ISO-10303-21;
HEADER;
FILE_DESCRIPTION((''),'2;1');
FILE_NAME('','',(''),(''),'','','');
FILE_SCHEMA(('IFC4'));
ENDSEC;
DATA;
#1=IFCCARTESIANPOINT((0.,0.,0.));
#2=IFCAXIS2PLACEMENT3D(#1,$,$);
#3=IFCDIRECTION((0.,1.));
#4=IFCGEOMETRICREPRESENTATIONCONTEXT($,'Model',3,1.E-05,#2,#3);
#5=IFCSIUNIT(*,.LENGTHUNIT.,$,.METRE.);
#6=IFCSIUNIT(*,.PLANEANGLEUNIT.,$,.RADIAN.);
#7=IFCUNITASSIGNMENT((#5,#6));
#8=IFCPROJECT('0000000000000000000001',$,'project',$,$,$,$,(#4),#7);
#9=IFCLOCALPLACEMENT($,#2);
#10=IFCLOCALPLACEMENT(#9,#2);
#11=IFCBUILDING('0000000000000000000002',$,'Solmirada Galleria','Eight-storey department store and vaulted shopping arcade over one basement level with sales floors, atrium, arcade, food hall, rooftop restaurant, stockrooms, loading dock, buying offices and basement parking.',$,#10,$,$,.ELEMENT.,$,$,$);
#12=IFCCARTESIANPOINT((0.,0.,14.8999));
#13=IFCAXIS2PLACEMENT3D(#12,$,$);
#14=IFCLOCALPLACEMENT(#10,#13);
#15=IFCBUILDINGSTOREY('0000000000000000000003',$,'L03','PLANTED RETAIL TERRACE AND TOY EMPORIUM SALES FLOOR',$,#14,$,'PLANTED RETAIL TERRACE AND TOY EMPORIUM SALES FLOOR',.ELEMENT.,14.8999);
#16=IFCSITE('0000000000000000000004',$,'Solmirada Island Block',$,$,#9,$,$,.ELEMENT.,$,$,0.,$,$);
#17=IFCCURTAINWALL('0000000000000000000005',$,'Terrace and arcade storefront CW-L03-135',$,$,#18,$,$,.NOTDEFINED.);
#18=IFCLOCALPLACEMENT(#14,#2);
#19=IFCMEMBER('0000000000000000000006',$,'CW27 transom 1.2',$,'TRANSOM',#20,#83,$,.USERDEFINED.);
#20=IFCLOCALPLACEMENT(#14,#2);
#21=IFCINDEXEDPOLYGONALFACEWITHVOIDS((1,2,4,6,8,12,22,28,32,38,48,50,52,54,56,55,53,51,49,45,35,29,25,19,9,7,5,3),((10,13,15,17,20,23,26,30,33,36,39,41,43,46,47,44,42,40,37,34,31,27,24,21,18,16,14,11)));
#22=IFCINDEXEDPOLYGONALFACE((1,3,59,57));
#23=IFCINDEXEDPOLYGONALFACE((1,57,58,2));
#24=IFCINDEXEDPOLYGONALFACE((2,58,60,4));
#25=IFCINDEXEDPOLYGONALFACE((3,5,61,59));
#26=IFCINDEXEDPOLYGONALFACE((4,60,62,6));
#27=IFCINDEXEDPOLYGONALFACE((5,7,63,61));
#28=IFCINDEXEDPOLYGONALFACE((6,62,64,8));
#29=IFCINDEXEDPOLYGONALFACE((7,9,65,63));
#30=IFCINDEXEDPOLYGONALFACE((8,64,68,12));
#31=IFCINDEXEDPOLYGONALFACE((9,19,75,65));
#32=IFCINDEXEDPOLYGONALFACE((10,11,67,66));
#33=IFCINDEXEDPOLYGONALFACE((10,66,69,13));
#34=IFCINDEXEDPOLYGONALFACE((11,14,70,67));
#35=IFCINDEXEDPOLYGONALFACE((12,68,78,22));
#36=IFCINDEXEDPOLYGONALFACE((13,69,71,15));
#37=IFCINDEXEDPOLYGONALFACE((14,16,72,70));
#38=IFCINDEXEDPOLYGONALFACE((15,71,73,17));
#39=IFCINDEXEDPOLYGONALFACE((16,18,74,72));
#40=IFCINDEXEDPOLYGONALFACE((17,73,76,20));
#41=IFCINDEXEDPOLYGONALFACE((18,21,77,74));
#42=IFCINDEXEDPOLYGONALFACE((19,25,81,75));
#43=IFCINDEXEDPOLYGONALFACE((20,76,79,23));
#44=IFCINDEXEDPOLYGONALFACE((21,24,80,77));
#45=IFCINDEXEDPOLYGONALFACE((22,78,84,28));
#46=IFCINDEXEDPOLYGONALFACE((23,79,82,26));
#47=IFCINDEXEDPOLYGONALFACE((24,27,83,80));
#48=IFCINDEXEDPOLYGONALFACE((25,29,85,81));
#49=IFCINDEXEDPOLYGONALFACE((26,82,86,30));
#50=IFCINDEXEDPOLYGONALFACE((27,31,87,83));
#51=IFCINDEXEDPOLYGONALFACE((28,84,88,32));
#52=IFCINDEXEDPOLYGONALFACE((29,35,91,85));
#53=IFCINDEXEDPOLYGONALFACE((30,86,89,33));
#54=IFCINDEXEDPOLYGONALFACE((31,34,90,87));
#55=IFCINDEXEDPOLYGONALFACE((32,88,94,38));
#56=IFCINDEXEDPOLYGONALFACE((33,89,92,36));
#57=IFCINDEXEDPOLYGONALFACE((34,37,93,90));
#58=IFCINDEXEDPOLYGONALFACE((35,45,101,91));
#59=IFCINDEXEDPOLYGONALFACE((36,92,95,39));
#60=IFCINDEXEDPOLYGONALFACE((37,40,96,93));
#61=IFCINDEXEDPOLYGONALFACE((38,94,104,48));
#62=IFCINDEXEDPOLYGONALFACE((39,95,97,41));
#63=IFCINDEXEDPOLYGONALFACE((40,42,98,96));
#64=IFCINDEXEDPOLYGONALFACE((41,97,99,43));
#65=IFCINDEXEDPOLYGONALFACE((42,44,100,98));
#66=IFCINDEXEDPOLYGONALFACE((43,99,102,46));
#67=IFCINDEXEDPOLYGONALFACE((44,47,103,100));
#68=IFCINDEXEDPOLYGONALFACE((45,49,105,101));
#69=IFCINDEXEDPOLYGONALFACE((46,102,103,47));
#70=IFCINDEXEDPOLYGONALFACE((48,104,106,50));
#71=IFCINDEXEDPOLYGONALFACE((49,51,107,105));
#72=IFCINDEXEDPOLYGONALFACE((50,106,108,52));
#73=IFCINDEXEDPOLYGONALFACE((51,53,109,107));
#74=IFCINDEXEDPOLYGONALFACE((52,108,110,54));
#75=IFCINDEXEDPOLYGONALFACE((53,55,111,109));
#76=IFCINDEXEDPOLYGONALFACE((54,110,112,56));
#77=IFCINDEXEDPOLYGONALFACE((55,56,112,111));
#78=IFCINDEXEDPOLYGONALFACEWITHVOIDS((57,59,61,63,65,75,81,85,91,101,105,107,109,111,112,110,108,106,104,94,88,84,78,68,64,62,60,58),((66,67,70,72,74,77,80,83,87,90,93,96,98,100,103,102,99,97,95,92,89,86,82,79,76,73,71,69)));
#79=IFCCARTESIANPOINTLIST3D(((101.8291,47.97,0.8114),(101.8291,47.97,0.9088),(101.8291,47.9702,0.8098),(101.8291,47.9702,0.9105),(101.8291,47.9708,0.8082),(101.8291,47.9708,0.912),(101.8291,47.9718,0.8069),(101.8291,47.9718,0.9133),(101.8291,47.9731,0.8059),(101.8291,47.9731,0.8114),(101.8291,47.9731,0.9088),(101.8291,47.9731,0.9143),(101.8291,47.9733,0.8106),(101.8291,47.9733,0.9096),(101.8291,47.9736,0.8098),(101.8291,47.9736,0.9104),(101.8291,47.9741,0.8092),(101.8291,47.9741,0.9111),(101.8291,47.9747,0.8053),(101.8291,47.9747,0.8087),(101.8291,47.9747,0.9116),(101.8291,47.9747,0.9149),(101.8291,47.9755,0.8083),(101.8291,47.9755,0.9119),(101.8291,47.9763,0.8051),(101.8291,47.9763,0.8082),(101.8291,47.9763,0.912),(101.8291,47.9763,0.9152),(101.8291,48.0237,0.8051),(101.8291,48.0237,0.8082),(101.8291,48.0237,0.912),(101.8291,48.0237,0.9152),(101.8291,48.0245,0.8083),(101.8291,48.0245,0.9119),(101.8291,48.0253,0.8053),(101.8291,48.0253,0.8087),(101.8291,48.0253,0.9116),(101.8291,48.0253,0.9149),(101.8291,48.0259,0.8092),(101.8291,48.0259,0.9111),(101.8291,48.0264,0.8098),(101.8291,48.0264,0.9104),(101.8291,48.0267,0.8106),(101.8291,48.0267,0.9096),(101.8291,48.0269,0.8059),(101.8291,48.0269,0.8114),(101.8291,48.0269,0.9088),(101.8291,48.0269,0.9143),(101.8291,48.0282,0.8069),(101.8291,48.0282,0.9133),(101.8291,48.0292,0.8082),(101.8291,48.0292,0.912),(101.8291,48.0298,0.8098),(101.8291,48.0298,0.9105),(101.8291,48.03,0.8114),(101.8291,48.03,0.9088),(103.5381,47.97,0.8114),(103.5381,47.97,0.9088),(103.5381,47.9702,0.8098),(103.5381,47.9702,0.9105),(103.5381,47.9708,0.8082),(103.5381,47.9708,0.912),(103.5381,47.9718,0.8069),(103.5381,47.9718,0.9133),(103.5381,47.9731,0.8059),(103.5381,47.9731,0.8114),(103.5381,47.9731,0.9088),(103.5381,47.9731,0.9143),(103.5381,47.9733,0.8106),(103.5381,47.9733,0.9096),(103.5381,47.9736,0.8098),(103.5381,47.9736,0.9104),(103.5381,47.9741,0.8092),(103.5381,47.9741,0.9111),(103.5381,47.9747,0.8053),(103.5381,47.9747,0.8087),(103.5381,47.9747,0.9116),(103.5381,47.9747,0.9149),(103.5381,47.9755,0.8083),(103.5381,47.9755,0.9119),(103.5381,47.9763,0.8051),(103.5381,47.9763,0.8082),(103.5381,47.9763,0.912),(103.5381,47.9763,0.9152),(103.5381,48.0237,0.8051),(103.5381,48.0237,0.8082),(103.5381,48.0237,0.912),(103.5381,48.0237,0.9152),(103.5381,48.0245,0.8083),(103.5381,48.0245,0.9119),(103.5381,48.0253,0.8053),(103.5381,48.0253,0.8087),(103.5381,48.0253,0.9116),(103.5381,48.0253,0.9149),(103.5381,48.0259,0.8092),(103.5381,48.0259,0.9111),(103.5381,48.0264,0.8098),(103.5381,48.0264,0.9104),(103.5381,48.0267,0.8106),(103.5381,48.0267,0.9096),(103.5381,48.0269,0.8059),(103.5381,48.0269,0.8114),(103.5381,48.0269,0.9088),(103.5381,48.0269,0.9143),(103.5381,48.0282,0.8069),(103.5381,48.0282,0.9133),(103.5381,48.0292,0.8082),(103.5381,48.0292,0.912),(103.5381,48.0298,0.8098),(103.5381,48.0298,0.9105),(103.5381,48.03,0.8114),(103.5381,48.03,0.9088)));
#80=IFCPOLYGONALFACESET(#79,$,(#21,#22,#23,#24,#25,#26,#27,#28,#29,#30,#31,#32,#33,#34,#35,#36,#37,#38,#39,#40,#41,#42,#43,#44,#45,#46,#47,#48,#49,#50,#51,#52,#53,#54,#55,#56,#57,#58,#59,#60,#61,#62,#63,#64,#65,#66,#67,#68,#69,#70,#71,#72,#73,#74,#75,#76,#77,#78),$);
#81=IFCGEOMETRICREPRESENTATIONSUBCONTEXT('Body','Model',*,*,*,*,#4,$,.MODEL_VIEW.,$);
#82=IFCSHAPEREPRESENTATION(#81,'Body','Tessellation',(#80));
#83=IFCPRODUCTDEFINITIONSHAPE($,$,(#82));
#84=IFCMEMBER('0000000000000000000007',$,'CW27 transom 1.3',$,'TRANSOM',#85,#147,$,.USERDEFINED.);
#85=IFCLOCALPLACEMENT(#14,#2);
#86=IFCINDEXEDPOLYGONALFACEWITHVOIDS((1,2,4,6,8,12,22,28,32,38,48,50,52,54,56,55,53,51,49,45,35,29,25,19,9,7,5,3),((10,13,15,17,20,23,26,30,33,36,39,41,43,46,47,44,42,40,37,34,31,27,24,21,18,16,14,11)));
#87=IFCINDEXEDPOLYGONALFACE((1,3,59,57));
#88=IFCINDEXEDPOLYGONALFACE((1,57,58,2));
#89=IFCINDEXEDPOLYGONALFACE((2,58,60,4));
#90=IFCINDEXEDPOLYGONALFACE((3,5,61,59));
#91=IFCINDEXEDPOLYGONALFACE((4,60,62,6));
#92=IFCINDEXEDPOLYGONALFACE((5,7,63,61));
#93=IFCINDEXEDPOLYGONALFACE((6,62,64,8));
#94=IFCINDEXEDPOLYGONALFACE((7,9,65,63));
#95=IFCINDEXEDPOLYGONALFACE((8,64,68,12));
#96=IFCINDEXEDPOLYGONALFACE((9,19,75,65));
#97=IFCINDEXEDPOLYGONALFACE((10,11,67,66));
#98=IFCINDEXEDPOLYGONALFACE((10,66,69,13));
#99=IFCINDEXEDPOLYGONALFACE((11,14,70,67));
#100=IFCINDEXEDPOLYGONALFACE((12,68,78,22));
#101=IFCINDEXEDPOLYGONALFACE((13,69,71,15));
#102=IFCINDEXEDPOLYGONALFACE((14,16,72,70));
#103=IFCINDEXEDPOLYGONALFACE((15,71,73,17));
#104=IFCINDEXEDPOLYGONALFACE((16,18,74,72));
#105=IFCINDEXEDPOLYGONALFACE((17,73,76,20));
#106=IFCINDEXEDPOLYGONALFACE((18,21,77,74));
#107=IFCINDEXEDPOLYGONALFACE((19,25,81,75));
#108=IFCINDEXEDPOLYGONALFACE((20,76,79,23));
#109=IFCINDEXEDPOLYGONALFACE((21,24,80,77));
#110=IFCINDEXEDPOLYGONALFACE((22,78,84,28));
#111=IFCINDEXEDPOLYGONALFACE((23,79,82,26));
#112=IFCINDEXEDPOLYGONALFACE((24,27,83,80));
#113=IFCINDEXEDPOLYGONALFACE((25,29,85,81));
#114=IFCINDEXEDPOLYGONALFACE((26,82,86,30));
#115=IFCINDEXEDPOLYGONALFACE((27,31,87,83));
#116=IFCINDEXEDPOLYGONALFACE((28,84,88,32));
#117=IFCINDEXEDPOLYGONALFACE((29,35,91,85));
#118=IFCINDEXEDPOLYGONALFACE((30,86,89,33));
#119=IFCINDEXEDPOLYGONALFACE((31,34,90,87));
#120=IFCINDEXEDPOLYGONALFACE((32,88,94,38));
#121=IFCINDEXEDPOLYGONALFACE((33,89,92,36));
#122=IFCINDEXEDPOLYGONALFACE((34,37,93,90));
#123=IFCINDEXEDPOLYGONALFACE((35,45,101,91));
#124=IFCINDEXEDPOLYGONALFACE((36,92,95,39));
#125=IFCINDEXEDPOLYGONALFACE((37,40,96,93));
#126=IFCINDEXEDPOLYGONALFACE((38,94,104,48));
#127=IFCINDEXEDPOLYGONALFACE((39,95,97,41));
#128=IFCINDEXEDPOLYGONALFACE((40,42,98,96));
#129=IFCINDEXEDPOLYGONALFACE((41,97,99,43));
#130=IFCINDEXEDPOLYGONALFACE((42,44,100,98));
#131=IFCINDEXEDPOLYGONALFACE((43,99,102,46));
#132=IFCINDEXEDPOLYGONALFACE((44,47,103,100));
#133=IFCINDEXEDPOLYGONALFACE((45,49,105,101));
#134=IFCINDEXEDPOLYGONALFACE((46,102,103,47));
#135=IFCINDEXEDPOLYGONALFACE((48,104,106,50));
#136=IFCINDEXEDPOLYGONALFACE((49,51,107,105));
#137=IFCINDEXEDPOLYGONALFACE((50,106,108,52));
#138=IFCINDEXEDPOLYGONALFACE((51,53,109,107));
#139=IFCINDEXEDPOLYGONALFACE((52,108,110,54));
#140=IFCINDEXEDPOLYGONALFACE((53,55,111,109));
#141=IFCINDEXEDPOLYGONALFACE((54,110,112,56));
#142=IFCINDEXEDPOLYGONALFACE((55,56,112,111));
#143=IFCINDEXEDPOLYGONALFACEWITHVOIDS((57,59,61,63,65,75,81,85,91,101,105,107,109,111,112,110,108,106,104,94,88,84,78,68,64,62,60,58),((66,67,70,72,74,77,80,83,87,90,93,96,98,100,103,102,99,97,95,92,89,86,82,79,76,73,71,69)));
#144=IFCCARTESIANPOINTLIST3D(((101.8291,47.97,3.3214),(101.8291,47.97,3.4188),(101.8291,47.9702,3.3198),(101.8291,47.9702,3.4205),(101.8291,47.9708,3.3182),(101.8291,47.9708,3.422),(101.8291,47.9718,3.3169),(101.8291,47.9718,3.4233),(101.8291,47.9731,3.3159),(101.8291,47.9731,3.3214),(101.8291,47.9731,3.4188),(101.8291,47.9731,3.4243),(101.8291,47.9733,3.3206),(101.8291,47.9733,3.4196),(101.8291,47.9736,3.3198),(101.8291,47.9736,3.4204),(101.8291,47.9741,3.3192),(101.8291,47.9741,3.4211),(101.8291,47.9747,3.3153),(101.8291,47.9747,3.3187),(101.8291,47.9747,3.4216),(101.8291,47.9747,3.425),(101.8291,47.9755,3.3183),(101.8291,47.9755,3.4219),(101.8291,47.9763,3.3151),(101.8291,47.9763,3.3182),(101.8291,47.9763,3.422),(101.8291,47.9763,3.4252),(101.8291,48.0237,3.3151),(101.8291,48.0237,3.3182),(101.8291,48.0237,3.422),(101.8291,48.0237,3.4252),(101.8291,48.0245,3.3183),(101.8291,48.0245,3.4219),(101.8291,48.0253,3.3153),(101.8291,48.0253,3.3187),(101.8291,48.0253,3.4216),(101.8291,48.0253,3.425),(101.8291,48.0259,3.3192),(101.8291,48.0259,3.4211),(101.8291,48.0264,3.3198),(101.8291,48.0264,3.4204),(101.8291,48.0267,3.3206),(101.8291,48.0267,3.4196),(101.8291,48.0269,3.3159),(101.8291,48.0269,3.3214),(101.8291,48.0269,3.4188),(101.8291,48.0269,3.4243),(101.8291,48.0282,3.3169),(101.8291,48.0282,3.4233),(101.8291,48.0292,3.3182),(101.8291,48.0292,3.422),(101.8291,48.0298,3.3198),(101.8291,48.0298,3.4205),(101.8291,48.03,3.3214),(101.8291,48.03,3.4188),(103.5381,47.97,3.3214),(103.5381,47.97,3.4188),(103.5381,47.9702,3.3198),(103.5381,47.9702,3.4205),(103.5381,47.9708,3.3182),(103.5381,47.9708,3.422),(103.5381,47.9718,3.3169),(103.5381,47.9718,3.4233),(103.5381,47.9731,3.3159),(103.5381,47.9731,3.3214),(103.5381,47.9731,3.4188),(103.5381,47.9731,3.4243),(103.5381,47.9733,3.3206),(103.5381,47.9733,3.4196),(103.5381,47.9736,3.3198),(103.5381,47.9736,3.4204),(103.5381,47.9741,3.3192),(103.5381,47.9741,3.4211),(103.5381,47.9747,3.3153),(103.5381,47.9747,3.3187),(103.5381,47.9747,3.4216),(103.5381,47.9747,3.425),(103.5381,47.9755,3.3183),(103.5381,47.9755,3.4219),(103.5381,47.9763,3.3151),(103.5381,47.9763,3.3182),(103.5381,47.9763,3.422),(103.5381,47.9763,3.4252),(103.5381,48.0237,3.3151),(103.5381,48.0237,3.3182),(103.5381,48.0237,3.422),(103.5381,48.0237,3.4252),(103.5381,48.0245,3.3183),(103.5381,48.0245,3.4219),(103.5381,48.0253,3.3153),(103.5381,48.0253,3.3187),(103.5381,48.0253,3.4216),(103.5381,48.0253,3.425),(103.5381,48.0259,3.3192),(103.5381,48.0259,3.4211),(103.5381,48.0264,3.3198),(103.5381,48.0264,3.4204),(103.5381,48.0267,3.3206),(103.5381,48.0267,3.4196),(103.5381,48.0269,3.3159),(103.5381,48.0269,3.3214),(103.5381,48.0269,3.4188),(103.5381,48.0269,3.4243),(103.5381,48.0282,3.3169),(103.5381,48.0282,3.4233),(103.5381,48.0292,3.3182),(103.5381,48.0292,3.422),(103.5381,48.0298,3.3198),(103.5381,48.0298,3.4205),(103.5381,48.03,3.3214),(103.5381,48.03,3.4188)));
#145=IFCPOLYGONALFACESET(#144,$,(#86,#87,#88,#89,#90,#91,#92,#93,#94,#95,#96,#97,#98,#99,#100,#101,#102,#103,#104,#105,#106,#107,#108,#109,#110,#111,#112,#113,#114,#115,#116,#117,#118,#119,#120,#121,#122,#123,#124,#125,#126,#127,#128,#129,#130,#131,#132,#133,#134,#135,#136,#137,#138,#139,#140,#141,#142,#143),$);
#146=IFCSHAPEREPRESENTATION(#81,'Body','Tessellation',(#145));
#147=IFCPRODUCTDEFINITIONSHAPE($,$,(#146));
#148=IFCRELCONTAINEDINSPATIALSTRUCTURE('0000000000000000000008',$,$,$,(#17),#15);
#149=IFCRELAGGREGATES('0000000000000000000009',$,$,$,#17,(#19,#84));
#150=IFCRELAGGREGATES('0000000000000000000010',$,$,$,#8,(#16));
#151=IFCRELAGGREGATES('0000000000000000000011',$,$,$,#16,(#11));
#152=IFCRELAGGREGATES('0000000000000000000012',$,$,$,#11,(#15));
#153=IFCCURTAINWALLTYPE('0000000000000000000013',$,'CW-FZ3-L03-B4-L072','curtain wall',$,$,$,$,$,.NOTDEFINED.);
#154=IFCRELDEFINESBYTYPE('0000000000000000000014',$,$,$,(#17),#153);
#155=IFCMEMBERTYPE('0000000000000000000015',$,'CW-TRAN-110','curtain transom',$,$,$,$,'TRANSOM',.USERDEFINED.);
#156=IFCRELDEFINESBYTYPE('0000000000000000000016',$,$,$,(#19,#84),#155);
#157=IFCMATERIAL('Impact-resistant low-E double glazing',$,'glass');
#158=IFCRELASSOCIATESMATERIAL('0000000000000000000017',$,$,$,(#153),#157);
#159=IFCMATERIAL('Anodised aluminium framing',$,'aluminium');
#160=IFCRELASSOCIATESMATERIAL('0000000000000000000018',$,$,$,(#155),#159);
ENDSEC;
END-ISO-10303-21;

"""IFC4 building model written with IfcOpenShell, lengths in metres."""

from ifc_helpers import new_model, si_unit, direction, frame, origin, origin_2d, place, context, subcontext, project, spatial, hollow_rectangle, extrude, material, material_profile, profile_set, type_object, element, aggregate, save


model = new_model("IFC4")

# Units and contexts
model_context = context("Model", 3, precision=1e-05, world=origin(), true_north=direction((0.0, 1.0)))
body_context = subcontext(model_context, "Body", "Model", "MODEL_VIEW")
ifc_project = project(units=[si_unit("LENGTHUNIT", "METRE"), si_unit("PLANEANGLEUNIT", "RADIAN")], contexts=[model_context])

# Site, building, storey
site_placement = place(None, origin())
site = spatial("IfcSite", under=ifc_project, at=site_placement, Name="Solmirada Island Block", CompositionType="ELEMENT", RefElevation=0.0)
building_placement = place(site_placement, origin())
building = spatial("IfcBuilding", under=site, at=building_placement, Name="Solmirada Galleria", Description="Eight-storey department store and vaulted shopping arcade over one basement level with sales floors, atrium, arcade, food hall, rooftop restaurant, stockrooms, loading dock, buying offices and basement parking.", CompositionType="ELEMENT")
storey_placement = place(building_placement, frame((0.0, 0.0, 14.8999)))
storey = spatial("IfcBuildingStorey", under=building, at=storey_placement, Name="L03", Description="PLANTED RETAIL TERRACE AND TOY EMPORIUM SALES FLOOR", LongName="PLANTED RETAIL TERRACE AND TOY EMPORIUM SALES FLOOR", CompositionType="ELEMENT", Elevation=14.8999)

# Shared definitions
ifc_material_1 = material(Name="Impact-resistant low-E double glazing", Category="glass")
curtain_wall_type_1 = type_object("IfcCurtainWallType", Name="CW-FZ3-L03-B4-L072", Description="curtain wall", PredefinedType="NOTDEFINED", material=ifc_material_1)
ifc_material_2 = material(Name="Anodised aluminium framing", Category="aluminium")

# Curtain wall
curtain_wall_1_placement = place(storey_placement, origin())
curtain_wall_1 = element("IfcCurtainWall", 1, at=curtain_wall_1_placement, inside=storey, type_object=curtain_wall_type_1, Name="Terrace and arcade storefront CW-L03-135", PredefinedType="NOTDEFINED")

# Members
ifc_material_profile_1 = material_profile(ifc_material_2, hollow_rectangle(XDim=0.0601, YDim=0.1101, WallThickness=0.0032, InnerFilletRadius=0.0032, OuterFilletRadius=0.0063, at=origin_2d()), Name="ALU-TRAN-110X60")
ifc_profile_set_1 = profile_set([ifc_material_profile_1], Name="Anodised aluminium framing")
member_type_1 = type_object("IfcMemberType", Name="CW-TRAN-110", Description="curtain transom", ElementType="TRANSOM", PredefinedType="USERDEFINED", material=ifc_profile_set_1)
member_1_placement = place(storey_placement, frame((103.5381, 48.0, 0.8601), z_axis=(-1.0, 0.0, 0.0), x_axis=(0.0, -1.0, 0.0)))
member_1 = element("IfcMember", 2, at=member_1_placement, type_object=member_type_1, Name="CW27 transom 1.2", ObjectType="TRANSOM", PredefinedType="USERDEFINED", context=body_context, shape_type="SweptSolid", body=[
    extrude(hollow_rectangle(XDim=0.0601, YDim=0.1101, WallThickness=0.0032, InnerFilletRadius=0.0032, OuterFilletRadius=0.0063, at=origin_2d()), origin(), (0.0, 0.0, 1.0), 1.709),
])
member_2_placement = place(storey_placement, frame((103.5381, 48.0, 3.3701), z_axis=(-1.0, 0.0, 0.0), x_axis=(0.0, -1.0, 0.0)))
member_2 = element("IfcMember", 3, at=member_2_placement, type_object=member_type_1, Name="CW27 transom 1.3", ObjectType="TRANSOM", PredefinedType="USERDEFINED", context=body_context, shape_type="SweptSolid", body=[
    extrude(hollow_rectangle(XDim=0.0601, YDim=0.1101, WallThickness=0.0032, InnerFilletRadius=0.0032, OuterFilletRadius=0.0063, at=origin_2d()), origin(), (0.0, 0.0, 1.0), 1.709),
])

aggregate(curtain_wall_1, [member_1, member_2])

save(model, "model.ifc")
